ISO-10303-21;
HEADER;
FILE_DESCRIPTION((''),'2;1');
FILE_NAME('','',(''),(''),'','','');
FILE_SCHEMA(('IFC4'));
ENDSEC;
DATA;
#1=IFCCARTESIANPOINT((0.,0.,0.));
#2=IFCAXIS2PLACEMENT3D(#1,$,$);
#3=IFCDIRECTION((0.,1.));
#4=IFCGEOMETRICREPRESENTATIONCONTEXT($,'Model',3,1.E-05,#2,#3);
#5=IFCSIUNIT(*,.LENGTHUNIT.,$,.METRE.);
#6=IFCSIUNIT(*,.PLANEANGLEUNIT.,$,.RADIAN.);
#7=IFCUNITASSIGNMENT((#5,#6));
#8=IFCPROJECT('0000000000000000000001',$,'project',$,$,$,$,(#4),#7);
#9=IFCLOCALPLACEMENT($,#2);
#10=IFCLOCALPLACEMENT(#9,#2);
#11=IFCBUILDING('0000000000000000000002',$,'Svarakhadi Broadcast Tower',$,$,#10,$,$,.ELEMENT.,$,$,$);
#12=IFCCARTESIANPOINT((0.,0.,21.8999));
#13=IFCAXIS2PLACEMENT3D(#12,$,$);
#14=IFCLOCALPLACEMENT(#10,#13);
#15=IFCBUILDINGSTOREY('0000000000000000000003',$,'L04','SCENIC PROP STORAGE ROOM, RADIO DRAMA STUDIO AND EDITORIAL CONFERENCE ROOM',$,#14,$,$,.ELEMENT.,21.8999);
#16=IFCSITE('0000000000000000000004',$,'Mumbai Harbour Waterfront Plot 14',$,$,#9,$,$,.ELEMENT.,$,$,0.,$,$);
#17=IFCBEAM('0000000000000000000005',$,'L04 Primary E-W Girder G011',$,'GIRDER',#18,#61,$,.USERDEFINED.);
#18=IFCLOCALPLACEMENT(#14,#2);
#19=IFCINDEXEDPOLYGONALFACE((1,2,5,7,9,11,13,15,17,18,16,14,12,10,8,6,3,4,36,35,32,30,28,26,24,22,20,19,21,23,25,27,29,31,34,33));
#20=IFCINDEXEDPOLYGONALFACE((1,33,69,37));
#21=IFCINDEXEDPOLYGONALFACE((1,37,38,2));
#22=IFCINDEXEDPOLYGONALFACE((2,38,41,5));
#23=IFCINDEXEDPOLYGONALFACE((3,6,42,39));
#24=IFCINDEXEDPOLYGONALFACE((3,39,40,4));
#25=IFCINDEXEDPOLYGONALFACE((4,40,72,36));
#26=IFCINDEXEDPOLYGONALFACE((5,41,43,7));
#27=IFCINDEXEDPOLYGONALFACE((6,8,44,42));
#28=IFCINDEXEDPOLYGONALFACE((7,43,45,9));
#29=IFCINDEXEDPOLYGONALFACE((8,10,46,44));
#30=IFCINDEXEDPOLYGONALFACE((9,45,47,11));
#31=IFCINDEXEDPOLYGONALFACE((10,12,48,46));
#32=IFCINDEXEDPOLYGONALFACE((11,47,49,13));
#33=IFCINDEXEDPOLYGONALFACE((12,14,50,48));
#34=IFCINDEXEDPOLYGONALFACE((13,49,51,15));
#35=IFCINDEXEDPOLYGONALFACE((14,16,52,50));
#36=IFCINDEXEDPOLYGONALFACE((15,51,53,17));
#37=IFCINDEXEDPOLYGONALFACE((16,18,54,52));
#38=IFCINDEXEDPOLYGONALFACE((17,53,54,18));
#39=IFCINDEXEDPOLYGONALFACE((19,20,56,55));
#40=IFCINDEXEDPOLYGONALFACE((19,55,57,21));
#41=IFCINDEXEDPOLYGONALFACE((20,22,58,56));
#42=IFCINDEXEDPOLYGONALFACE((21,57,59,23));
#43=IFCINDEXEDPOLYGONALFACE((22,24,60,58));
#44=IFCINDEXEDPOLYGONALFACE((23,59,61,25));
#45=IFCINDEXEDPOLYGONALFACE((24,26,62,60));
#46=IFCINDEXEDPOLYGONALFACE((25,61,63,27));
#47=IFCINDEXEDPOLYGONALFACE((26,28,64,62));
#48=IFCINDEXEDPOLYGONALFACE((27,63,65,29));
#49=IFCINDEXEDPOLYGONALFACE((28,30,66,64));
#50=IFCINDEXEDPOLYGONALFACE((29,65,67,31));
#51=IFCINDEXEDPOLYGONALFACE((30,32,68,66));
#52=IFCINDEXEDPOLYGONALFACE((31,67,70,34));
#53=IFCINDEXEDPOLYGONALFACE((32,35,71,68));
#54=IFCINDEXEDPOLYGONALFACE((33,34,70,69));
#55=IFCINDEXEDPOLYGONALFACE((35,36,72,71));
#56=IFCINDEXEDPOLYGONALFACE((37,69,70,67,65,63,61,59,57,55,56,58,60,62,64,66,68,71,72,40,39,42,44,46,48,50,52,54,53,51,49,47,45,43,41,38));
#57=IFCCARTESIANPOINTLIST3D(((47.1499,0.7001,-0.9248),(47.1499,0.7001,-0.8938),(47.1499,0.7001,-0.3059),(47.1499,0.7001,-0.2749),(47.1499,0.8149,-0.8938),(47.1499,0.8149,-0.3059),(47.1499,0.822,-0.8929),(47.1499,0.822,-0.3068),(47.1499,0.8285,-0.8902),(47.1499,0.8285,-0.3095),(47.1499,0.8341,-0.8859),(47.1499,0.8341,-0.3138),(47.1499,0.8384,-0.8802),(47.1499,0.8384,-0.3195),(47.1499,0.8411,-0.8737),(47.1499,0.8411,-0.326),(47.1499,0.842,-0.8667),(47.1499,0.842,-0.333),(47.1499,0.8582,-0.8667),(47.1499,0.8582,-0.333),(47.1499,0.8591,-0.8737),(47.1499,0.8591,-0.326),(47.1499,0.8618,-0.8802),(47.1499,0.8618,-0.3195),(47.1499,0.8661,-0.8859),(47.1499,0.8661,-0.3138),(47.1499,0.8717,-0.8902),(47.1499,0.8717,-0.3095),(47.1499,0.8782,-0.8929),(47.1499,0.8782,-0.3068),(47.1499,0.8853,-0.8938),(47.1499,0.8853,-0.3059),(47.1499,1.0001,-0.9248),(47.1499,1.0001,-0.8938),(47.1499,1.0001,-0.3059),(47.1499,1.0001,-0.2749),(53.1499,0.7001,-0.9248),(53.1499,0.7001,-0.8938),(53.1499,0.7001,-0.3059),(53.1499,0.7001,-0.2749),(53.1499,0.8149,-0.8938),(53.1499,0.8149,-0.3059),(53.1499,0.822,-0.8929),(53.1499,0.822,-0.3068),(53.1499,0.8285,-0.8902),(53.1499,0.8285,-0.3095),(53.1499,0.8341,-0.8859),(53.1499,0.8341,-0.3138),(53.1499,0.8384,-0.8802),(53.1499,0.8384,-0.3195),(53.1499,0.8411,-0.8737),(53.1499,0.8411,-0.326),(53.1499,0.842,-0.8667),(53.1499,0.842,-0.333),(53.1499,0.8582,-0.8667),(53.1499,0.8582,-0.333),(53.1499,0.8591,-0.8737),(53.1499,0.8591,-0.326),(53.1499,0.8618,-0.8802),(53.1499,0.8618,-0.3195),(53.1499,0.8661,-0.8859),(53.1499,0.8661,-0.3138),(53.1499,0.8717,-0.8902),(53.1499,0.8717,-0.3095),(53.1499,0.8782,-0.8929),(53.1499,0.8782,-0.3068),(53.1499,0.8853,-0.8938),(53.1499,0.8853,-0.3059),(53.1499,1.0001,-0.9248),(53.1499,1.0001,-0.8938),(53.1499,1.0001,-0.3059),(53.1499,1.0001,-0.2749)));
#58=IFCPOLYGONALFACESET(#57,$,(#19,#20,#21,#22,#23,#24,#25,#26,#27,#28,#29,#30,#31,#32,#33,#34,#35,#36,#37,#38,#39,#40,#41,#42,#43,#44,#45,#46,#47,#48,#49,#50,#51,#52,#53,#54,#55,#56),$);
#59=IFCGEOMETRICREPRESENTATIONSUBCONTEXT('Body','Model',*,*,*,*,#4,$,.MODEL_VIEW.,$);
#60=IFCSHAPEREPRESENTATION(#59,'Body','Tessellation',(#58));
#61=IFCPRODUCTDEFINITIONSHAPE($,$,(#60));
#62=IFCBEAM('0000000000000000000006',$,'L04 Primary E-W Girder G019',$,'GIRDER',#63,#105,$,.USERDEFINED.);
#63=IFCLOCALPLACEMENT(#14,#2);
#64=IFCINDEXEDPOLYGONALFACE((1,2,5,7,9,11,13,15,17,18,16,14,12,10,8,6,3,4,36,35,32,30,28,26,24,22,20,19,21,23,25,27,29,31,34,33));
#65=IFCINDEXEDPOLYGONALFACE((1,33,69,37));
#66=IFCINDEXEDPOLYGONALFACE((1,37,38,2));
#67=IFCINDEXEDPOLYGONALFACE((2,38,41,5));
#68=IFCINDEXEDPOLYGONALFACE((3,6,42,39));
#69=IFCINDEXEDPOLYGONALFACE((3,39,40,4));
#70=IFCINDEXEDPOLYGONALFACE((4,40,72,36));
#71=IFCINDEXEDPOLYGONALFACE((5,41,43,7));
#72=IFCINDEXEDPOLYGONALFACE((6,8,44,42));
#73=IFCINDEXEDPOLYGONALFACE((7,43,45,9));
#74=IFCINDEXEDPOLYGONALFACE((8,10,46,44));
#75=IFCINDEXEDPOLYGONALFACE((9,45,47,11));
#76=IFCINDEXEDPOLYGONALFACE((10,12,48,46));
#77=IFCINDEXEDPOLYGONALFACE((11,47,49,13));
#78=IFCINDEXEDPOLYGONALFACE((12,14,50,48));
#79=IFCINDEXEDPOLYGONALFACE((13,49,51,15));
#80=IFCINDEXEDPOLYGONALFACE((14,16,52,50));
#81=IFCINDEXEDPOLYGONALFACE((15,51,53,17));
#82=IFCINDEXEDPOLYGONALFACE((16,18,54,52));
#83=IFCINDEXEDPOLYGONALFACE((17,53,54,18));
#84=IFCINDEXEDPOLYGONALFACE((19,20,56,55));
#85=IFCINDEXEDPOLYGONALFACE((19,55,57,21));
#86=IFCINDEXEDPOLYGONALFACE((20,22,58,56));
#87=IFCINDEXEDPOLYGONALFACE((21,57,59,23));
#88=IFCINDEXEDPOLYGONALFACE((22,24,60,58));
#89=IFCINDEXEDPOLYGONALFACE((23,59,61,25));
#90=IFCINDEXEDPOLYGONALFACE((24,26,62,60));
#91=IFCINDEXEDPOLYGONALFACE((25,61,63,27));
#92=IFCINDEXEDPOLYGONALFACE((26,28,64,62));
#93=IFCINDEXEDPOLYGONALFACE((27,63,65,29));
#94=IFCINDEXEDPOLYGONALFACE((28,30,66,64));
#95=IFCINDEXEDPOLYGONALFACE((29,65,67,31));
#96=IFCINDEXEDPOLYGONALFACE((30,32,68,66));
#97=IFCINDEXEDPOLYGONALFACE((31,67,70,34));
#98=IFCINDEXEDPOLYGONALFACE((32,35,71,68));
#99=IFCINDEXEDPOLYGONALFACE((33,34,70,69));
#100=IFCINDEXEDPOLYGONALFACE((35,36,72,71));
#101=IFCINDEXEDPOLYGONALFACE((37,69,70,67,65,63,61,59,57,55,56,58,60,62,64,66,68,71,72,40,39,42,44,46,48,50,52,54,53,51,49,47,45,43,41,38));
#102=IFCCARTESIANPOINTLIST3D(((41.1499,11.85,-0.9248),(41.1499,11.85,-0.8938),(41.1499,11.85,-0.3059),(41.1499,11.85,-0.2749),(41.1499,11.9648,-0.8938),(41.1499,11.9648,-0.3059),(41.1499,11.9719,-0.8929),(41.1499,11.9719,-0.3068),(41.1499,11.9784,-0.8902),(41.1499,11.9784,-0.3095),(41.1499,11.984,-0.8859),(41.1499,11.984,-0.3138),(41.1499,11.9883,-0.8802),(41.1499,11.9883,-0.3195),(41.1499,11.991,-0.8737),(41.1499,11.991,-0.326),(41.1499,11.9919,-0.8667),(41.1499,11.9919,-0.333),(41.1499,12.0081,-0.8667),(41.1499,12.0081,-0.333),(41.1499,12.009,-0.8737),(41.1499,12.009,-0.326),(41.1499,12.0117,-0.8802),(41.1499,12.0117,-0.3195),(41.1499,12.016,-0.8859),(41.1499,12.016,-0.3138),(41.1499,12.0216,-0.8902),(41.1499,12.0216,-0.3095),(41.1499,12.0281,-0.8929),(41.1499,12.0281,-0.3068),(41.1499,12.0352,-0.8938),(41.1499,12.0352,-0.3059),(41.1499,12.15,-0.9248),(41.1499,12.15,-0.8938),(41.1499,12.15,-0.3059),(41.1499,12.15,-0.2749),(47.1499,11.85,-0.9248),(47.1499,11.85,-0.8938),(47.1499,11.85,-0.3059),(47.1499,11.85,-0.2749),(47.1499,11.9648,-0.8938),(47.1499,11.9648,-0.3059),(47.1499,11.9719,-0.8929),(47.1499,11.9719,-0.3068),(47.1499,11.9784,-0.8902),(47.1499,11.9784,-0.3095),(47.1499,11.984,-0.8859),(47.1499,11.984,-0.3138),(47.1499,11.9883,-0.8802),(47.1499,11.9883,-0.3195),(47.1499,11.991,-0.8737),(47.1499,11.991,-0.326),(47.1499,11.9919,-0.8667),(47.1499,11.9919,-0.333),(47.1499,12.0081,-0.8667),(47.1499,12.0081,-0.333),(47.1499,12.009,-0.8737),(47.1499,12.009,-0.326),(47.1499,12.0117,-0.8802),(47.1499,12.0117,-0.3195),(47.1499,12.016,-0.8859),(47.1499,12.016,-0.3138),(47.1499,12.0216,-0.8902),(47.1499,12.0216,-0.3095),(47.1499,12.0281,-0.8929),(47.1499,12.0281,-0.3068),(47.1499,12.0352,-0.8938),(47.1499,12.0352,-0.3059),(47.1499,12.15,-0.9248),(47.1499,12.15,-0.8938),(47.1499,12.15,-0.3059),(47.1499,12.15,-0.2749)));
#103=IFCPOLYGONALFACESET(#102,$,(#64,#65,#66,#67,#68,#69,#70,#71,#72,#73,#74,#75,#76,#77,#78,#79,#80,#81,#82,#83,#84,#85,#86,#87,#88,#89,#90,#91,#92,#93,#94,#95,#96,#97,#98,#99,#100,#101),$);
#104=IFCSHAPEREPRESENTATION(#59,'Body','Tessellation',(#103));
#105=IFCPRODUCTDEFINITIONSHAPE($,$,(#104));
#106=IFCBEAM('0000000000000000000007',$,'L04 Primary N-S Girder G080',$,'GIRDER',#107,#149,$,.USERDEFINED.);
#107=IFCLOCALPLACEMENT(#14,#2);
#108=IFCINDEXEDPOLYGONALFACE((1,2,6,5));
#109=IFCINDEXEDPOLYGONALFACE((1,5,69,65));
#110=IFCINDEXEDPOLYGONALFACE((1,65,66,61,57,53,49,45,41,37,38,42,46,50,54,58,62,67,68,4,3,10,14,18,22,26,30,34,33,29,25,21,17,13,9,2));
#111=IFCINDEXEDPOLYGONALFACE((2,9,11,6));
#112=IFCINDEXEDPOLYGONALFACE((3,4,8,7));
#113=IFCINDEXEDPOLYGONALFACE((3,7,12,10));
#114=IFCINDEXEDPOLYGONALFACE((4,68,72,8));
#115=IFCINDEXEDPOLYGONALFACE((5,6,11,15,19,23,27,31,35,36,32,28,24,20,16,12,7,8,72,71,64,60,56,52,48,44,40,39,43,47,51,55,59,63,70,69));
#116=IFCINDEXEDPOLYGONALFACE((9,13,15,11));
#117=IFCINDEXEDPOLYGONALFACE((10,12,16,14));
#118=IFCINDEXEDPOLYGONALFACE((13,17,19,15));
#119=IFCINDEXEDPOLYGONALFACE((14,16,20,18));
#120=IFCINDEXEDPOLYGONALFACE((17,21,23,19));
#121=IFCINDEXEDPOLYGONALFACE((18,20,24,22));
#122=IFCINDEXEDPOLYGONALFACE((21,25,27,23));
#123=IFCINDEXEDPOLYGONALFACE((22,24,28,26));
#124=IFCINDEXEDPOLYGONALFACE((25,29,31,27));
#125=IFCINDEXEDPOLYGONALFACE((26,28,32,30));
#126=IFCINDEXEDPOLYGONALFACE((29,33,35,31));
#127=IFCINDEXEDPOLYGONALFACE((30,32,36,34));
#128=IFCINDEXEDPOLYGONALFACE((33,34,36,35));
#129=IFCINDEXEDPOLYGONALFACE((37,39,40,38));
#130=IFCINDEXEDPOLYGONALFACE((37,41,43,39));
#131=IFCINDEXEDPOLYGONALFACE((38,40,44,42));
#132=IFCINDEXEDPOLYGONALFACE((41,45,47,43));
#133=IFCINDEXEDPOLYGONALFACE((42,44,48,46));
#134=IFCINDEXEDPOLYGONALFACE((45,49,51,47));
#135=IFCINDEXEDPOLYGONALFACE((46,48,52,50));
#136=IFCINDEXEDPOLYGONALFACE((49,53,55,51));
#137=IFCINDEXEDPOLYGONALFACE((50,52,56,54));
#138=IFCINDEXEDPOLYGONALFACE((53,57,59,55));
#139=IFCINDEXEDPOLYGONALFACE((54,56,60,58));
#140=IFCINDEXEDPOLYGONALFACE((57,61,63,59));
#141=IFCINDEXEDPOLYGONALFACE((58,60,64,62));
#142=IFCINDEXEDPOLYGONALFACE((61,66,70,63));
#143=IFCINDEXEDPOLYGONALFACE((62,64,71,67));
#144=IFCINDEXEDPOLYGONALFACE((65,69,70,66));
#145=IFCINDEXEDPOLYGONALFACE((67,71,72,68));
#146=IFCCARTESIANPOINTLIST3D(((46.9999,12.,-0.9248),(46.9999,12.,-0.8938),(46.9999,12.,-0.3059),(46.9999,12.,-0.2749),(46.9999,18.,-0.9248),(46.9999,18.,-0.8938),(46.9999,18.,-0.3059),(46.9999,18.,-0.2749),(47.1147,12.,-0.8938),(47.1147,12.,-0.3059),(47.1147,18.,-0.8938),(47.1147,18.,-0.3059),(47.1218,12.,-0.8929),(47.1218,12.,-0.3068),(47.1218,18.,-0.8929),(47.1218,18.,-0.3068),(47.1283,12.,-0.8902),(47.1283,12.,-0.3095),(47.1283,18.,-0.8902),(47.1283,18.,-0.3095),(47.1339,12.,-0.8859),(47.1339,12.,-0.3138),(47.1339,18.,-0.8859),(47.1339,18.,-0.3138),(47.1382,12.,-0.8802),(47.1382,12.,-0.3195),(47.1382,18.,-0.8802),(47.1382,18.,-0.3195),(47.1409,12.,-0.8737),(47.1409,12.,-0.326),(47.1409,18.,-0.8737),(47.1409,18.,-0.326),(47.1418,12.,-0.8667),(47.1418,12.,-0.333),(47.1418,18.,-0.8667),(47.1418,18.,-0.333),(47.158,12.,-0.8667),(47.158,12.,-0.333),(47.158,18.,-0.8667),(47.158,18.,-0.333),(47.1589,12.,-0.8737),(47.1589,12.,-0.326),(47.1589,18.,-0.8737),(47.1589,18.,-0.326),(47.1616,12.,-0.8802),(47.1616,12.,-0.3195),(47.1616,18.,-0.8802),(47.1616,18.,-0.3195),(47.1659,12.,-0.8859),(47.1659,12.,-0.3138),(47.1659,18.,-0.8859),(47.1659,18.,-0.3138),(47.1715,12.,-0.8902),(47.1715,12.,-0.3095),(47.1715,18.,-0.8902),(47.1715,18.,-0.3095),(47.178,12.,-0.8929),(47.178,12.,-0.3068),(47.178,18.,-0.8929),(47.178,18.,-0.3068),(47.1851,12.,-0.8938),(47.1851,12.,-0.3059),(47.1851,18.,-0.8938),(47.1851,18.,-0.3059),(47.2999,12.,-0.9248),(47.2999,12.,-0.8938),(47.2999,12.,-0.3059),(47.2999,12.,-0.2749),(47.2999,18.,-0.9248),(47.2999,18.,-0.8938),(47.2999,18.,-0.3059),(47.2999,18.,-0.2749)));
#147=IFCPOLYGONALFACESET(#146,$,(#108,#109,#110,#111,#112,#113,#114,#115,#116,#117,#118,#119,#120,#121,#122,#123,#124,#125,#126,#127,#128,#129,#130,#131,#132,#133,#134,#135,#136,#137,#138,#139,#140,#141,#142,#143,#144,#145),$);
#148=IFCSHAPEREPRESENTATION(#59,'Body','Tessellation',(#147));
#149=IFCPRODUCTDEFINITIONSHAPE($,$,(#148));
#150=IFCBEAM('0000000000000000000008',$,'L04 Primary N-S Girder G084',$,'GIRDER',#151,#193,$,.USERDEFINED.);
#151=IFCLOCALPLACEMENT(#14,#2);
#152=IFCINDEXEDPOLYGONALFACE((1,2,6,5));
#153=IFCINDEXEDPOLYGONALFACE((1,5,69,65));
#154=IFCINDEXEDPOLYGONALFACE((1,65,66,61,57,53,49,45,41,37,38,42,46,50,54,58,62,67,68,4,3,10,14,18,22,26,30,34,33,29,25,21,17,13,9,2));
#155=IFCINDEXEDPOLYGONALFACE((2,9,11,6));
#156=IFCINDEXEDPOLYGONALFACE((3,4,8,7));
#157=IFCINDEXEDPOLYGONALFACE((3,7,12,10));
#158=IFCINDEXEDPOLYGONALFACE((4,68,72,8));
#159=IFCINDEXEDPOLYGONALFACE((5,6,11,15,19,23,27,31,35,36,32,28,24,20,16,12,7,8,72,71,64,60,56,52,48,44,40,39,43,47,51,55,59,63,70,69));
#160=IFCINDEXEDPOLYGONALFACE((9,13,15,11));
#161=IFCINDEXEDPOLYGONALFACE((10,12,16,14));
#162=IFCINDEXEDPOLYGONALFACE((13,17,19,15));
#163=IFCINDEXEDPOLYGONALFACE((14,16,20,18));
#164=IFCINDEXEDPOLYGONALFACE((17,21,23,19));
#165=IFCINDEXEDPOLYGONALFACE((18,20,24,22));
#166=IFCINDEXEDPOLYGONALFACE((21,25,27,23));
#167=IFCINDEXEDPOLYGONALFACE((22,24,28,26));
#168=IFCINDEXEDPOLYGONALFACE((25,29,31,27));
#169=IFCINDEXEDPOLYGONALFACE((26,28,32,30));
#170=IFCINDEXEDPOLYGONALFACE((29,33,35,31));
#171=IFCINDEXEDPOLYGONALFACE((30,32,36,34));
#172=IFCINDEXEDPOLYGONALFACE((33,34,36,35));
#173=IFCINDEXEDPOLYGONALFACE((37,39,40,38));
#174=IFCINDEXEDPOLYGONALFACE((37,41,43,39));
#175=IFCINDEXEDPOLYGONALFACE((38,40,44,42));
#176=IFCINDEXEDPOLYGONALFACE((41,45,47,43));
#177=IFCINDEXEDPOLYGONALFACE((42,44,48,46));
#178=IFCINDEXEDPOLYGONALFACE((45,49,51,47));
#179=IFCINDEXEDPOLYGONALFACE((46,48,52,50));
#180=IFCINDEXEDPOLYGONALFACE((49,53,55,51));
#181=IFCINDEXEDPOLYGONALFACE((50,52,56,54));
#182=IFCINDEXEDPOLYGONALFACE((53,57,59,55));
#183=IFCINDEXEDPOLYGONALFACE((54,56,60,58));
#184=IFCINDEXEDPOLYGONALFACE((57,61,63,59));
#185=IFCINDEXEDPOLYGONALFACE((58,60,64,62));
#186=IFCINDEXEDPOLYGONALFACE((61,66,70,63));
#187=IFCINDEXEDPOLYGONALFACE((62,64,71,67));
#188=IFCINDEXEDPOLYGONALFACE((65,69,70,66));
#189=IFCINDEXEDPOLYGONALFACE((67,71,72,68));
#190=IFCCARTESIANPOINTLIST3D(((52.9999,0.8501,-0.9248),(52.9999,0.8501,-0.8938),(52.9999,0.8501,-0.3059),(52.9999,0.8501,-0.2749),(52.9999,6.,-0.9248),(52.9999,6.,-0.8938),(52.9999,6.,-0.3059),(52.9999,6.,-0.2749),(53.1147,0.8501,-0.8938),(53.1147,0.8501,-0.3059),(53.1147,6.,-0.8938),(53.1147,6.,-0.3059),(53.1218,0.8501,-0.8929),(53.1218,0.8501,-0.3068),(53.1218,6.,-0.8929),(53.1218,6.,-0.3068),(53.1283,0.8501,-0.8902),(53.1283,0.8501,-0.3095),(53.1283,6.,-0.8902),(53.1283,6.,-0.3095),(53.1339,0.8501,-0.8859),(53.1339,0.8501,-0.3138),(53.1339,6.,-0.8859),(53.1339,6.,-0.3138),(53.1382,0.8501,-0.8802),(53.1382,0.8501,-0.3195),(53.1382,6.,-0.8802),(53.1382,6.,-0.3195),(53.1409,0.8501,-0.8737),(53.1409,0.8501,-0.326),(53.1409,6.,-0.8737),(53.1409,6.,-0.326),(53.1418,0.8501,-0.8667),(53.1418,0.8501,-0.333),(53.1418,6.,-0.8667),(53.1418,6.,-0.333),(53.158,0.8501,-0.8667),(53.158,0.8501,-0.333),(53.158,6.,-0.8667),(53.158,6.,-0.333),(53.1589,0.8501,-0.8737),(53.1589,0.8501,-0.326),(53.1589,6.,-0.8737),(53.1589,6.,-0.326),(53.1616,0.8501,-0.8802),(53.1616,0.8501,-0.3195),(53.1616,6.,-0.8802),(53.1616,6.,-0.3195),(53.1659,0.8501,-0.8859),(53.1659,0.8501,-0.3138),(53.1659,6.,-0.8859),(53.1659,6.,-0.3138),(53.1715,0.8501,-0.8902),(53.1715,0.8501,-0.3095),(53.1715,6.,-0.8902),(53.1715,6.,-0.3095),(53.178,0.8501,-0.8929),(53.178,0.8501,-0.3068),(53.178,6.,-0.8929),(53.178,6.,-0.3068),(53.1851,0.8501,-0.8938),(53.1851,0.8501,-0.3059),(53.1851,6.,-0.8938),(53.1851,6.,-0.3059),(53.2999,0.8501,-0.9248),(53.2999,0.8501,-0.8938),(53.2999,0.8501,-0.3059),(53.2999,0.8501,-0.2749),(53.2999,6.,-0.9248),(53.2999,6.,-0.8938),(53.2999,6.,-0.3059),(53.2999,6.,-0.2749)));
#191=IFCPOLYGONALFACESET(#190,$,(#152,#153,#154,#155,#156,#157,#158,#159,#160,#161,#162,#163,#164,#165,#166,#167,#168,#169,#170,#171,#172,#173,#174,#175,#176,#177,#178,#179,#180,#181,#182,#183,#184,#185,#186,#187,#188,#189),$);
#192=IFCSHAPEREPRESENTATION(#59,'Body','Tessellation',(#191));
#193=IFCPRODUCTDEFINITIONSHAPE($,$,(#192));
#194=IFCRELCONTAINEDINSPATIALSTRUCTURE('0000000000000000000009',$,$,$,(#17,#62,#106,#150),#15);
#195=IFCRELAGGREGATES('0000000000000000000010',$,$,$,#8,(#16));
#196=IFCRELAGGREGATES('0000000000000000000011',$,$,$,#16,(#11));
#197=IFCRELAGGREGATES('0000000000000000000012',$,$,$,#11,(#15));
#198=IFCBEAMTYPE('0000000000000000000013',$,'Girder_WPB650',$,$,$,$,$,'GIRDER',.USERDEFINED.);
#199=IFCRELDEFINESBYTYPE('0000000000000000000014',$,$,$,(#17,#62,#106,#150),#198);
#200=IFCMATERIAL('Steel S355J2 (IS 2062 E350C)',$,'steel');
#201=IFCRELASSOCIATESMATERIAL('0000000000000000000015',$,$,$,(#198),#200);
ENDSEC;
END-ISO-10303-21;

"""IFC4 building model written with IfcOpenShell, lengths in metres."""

from ifc_helpers import new_model, si_unit, direction, frame, origin, origin_2d, place, context, subcontext, project, spatial, i_section, extrude, material, material_profile, profile_set, type_object, element, save


model = new_model("IFC4")

# Units and contexts
model_context = context("Model", 3, precision=1e-05, world=origin(), true_north=direction((0.0, 1.0)))
body_context = subcontext(model_context, "Body", "Model", "MODEL_VIEW")
ifc_project = project(units=[si_unit("LENGTHUNIT", "METRE"), si_unit("PLANEANGLEUNIT", "RADIAN")], contexts=[model_context])

# Site, building, storey
site_placement = place(None, origin())
site = spatial("IfcSite", under=ifc_project, at=site_placement, Name="Mumbai Harbour Waterfront Plot 14", CompositionType="ELEMENT", RefElevation=0.0)
building_placement = place(site_placement, origin())
building = spatial("IfcBuilding", under=site, at=building_placement, Name="Svarakhadi Broadcast Tower", CompositionType="ELEMENT")
storey_placement = place(building_placement, frame((0.0, 0.0, 21.8999)))
storey = spatial("IfcBuildingStorey", under=building, at=storey_placement, Name="L04", Description="SCENIC PROP STORAGE ROOM, RADIO DRAMA STUDIO AND EDITORIAL CONFERENCE ROOM", CompositionType="ELEMENT", Elevation=21.8999)

# Shared definitions
ifc_material_1 = material(Name="Steel S355J2 (IS 2062 E350C)", Category="steel")

# Beams
ifc_material_profile_1 = material_profile(ifc_material_1, i_section(OverallWidth=0.3, OverallDepth=0.6499, WebThickness=0.0161, FlangeThickness=0.031, FilletRadius=0.0271, at=origin_2d()), Name="WPB 650x300x225")
ifc_profile_set_1 = profile_set([ifc_material_profile_1], Name="Steel S355J2 (IS 2062 E350C)")
beam_type_1 = type_object("IfcBeamType", Name="Girder_WPB650", ElementType="GIRDER", PredefinedType="USERDEFINED", material=ifc_profile_set_1)
for number, where, z_axis, x_axis, name in (
    (1, (47.1499, 0.8501, -0.5999), (1.0, 0.0, 0.0), (0.0, 1.0, 0.0), "L04 Primary E-W Girder G011"),
    (2, (41.1499, 12.0, -0.5999), (1.0, 0.0, 0.0), (0.0, 1.0, 0.0), "L04 Primary E-W Girder G019"),
    (3, (47.1499, 12.0, -0.5999), (0.0, 1.0, 0.0), (-1.0, 0.0, 0.0), "L04 Primary N-S Girder G080"),
):
    element("IfcBeam", number, at=place(storey_placement, frame(where, z_axis=z_axis, x_axis=x_axis)), inside=storey, type_object=beam_type_1, Name=name, ObjectType="GIRDER", PredefinedType="USERDEFINED", context=body_context, shape_type="SweptSolid", body=[
        extrude(i_section(OverallWidth=0.3, OverallDepth=0.6499, WebThickness=0.0161, FlangeThickness=0.031, FilletRadius=0.0271, at=origin_2d()), origin(), (0.0, 0.0, 1.0), 6.0),
    ])
beam_1_placement = place(storey_placement, frame((53.1499, 0.8501, -0.5999), z_axis=(0.0, 1.0, 0.0), x_axis=(-1.0, 0.0, 0.0)))
element("IfcBeam", 4, at=beam_1_placement, inside=storey, type_object=beam_type_1, Name="L04 Primary N-S Girder G084", ObjectType="GIRDER", PredefinedType="USERDEFINED", context=body_context, shape_type="SweptSolid", body=[
    extrude(i_section(OverallWidth=0.3, OverallDepth=0.6499, WebThickness=0.0161, FlangeThickness=0.031, FilletRadius=0.0271, at=origin_2d()), origin(), (0.0, 0.0, 1.0), 5.1499),
])

save(model, "model.ifc")
